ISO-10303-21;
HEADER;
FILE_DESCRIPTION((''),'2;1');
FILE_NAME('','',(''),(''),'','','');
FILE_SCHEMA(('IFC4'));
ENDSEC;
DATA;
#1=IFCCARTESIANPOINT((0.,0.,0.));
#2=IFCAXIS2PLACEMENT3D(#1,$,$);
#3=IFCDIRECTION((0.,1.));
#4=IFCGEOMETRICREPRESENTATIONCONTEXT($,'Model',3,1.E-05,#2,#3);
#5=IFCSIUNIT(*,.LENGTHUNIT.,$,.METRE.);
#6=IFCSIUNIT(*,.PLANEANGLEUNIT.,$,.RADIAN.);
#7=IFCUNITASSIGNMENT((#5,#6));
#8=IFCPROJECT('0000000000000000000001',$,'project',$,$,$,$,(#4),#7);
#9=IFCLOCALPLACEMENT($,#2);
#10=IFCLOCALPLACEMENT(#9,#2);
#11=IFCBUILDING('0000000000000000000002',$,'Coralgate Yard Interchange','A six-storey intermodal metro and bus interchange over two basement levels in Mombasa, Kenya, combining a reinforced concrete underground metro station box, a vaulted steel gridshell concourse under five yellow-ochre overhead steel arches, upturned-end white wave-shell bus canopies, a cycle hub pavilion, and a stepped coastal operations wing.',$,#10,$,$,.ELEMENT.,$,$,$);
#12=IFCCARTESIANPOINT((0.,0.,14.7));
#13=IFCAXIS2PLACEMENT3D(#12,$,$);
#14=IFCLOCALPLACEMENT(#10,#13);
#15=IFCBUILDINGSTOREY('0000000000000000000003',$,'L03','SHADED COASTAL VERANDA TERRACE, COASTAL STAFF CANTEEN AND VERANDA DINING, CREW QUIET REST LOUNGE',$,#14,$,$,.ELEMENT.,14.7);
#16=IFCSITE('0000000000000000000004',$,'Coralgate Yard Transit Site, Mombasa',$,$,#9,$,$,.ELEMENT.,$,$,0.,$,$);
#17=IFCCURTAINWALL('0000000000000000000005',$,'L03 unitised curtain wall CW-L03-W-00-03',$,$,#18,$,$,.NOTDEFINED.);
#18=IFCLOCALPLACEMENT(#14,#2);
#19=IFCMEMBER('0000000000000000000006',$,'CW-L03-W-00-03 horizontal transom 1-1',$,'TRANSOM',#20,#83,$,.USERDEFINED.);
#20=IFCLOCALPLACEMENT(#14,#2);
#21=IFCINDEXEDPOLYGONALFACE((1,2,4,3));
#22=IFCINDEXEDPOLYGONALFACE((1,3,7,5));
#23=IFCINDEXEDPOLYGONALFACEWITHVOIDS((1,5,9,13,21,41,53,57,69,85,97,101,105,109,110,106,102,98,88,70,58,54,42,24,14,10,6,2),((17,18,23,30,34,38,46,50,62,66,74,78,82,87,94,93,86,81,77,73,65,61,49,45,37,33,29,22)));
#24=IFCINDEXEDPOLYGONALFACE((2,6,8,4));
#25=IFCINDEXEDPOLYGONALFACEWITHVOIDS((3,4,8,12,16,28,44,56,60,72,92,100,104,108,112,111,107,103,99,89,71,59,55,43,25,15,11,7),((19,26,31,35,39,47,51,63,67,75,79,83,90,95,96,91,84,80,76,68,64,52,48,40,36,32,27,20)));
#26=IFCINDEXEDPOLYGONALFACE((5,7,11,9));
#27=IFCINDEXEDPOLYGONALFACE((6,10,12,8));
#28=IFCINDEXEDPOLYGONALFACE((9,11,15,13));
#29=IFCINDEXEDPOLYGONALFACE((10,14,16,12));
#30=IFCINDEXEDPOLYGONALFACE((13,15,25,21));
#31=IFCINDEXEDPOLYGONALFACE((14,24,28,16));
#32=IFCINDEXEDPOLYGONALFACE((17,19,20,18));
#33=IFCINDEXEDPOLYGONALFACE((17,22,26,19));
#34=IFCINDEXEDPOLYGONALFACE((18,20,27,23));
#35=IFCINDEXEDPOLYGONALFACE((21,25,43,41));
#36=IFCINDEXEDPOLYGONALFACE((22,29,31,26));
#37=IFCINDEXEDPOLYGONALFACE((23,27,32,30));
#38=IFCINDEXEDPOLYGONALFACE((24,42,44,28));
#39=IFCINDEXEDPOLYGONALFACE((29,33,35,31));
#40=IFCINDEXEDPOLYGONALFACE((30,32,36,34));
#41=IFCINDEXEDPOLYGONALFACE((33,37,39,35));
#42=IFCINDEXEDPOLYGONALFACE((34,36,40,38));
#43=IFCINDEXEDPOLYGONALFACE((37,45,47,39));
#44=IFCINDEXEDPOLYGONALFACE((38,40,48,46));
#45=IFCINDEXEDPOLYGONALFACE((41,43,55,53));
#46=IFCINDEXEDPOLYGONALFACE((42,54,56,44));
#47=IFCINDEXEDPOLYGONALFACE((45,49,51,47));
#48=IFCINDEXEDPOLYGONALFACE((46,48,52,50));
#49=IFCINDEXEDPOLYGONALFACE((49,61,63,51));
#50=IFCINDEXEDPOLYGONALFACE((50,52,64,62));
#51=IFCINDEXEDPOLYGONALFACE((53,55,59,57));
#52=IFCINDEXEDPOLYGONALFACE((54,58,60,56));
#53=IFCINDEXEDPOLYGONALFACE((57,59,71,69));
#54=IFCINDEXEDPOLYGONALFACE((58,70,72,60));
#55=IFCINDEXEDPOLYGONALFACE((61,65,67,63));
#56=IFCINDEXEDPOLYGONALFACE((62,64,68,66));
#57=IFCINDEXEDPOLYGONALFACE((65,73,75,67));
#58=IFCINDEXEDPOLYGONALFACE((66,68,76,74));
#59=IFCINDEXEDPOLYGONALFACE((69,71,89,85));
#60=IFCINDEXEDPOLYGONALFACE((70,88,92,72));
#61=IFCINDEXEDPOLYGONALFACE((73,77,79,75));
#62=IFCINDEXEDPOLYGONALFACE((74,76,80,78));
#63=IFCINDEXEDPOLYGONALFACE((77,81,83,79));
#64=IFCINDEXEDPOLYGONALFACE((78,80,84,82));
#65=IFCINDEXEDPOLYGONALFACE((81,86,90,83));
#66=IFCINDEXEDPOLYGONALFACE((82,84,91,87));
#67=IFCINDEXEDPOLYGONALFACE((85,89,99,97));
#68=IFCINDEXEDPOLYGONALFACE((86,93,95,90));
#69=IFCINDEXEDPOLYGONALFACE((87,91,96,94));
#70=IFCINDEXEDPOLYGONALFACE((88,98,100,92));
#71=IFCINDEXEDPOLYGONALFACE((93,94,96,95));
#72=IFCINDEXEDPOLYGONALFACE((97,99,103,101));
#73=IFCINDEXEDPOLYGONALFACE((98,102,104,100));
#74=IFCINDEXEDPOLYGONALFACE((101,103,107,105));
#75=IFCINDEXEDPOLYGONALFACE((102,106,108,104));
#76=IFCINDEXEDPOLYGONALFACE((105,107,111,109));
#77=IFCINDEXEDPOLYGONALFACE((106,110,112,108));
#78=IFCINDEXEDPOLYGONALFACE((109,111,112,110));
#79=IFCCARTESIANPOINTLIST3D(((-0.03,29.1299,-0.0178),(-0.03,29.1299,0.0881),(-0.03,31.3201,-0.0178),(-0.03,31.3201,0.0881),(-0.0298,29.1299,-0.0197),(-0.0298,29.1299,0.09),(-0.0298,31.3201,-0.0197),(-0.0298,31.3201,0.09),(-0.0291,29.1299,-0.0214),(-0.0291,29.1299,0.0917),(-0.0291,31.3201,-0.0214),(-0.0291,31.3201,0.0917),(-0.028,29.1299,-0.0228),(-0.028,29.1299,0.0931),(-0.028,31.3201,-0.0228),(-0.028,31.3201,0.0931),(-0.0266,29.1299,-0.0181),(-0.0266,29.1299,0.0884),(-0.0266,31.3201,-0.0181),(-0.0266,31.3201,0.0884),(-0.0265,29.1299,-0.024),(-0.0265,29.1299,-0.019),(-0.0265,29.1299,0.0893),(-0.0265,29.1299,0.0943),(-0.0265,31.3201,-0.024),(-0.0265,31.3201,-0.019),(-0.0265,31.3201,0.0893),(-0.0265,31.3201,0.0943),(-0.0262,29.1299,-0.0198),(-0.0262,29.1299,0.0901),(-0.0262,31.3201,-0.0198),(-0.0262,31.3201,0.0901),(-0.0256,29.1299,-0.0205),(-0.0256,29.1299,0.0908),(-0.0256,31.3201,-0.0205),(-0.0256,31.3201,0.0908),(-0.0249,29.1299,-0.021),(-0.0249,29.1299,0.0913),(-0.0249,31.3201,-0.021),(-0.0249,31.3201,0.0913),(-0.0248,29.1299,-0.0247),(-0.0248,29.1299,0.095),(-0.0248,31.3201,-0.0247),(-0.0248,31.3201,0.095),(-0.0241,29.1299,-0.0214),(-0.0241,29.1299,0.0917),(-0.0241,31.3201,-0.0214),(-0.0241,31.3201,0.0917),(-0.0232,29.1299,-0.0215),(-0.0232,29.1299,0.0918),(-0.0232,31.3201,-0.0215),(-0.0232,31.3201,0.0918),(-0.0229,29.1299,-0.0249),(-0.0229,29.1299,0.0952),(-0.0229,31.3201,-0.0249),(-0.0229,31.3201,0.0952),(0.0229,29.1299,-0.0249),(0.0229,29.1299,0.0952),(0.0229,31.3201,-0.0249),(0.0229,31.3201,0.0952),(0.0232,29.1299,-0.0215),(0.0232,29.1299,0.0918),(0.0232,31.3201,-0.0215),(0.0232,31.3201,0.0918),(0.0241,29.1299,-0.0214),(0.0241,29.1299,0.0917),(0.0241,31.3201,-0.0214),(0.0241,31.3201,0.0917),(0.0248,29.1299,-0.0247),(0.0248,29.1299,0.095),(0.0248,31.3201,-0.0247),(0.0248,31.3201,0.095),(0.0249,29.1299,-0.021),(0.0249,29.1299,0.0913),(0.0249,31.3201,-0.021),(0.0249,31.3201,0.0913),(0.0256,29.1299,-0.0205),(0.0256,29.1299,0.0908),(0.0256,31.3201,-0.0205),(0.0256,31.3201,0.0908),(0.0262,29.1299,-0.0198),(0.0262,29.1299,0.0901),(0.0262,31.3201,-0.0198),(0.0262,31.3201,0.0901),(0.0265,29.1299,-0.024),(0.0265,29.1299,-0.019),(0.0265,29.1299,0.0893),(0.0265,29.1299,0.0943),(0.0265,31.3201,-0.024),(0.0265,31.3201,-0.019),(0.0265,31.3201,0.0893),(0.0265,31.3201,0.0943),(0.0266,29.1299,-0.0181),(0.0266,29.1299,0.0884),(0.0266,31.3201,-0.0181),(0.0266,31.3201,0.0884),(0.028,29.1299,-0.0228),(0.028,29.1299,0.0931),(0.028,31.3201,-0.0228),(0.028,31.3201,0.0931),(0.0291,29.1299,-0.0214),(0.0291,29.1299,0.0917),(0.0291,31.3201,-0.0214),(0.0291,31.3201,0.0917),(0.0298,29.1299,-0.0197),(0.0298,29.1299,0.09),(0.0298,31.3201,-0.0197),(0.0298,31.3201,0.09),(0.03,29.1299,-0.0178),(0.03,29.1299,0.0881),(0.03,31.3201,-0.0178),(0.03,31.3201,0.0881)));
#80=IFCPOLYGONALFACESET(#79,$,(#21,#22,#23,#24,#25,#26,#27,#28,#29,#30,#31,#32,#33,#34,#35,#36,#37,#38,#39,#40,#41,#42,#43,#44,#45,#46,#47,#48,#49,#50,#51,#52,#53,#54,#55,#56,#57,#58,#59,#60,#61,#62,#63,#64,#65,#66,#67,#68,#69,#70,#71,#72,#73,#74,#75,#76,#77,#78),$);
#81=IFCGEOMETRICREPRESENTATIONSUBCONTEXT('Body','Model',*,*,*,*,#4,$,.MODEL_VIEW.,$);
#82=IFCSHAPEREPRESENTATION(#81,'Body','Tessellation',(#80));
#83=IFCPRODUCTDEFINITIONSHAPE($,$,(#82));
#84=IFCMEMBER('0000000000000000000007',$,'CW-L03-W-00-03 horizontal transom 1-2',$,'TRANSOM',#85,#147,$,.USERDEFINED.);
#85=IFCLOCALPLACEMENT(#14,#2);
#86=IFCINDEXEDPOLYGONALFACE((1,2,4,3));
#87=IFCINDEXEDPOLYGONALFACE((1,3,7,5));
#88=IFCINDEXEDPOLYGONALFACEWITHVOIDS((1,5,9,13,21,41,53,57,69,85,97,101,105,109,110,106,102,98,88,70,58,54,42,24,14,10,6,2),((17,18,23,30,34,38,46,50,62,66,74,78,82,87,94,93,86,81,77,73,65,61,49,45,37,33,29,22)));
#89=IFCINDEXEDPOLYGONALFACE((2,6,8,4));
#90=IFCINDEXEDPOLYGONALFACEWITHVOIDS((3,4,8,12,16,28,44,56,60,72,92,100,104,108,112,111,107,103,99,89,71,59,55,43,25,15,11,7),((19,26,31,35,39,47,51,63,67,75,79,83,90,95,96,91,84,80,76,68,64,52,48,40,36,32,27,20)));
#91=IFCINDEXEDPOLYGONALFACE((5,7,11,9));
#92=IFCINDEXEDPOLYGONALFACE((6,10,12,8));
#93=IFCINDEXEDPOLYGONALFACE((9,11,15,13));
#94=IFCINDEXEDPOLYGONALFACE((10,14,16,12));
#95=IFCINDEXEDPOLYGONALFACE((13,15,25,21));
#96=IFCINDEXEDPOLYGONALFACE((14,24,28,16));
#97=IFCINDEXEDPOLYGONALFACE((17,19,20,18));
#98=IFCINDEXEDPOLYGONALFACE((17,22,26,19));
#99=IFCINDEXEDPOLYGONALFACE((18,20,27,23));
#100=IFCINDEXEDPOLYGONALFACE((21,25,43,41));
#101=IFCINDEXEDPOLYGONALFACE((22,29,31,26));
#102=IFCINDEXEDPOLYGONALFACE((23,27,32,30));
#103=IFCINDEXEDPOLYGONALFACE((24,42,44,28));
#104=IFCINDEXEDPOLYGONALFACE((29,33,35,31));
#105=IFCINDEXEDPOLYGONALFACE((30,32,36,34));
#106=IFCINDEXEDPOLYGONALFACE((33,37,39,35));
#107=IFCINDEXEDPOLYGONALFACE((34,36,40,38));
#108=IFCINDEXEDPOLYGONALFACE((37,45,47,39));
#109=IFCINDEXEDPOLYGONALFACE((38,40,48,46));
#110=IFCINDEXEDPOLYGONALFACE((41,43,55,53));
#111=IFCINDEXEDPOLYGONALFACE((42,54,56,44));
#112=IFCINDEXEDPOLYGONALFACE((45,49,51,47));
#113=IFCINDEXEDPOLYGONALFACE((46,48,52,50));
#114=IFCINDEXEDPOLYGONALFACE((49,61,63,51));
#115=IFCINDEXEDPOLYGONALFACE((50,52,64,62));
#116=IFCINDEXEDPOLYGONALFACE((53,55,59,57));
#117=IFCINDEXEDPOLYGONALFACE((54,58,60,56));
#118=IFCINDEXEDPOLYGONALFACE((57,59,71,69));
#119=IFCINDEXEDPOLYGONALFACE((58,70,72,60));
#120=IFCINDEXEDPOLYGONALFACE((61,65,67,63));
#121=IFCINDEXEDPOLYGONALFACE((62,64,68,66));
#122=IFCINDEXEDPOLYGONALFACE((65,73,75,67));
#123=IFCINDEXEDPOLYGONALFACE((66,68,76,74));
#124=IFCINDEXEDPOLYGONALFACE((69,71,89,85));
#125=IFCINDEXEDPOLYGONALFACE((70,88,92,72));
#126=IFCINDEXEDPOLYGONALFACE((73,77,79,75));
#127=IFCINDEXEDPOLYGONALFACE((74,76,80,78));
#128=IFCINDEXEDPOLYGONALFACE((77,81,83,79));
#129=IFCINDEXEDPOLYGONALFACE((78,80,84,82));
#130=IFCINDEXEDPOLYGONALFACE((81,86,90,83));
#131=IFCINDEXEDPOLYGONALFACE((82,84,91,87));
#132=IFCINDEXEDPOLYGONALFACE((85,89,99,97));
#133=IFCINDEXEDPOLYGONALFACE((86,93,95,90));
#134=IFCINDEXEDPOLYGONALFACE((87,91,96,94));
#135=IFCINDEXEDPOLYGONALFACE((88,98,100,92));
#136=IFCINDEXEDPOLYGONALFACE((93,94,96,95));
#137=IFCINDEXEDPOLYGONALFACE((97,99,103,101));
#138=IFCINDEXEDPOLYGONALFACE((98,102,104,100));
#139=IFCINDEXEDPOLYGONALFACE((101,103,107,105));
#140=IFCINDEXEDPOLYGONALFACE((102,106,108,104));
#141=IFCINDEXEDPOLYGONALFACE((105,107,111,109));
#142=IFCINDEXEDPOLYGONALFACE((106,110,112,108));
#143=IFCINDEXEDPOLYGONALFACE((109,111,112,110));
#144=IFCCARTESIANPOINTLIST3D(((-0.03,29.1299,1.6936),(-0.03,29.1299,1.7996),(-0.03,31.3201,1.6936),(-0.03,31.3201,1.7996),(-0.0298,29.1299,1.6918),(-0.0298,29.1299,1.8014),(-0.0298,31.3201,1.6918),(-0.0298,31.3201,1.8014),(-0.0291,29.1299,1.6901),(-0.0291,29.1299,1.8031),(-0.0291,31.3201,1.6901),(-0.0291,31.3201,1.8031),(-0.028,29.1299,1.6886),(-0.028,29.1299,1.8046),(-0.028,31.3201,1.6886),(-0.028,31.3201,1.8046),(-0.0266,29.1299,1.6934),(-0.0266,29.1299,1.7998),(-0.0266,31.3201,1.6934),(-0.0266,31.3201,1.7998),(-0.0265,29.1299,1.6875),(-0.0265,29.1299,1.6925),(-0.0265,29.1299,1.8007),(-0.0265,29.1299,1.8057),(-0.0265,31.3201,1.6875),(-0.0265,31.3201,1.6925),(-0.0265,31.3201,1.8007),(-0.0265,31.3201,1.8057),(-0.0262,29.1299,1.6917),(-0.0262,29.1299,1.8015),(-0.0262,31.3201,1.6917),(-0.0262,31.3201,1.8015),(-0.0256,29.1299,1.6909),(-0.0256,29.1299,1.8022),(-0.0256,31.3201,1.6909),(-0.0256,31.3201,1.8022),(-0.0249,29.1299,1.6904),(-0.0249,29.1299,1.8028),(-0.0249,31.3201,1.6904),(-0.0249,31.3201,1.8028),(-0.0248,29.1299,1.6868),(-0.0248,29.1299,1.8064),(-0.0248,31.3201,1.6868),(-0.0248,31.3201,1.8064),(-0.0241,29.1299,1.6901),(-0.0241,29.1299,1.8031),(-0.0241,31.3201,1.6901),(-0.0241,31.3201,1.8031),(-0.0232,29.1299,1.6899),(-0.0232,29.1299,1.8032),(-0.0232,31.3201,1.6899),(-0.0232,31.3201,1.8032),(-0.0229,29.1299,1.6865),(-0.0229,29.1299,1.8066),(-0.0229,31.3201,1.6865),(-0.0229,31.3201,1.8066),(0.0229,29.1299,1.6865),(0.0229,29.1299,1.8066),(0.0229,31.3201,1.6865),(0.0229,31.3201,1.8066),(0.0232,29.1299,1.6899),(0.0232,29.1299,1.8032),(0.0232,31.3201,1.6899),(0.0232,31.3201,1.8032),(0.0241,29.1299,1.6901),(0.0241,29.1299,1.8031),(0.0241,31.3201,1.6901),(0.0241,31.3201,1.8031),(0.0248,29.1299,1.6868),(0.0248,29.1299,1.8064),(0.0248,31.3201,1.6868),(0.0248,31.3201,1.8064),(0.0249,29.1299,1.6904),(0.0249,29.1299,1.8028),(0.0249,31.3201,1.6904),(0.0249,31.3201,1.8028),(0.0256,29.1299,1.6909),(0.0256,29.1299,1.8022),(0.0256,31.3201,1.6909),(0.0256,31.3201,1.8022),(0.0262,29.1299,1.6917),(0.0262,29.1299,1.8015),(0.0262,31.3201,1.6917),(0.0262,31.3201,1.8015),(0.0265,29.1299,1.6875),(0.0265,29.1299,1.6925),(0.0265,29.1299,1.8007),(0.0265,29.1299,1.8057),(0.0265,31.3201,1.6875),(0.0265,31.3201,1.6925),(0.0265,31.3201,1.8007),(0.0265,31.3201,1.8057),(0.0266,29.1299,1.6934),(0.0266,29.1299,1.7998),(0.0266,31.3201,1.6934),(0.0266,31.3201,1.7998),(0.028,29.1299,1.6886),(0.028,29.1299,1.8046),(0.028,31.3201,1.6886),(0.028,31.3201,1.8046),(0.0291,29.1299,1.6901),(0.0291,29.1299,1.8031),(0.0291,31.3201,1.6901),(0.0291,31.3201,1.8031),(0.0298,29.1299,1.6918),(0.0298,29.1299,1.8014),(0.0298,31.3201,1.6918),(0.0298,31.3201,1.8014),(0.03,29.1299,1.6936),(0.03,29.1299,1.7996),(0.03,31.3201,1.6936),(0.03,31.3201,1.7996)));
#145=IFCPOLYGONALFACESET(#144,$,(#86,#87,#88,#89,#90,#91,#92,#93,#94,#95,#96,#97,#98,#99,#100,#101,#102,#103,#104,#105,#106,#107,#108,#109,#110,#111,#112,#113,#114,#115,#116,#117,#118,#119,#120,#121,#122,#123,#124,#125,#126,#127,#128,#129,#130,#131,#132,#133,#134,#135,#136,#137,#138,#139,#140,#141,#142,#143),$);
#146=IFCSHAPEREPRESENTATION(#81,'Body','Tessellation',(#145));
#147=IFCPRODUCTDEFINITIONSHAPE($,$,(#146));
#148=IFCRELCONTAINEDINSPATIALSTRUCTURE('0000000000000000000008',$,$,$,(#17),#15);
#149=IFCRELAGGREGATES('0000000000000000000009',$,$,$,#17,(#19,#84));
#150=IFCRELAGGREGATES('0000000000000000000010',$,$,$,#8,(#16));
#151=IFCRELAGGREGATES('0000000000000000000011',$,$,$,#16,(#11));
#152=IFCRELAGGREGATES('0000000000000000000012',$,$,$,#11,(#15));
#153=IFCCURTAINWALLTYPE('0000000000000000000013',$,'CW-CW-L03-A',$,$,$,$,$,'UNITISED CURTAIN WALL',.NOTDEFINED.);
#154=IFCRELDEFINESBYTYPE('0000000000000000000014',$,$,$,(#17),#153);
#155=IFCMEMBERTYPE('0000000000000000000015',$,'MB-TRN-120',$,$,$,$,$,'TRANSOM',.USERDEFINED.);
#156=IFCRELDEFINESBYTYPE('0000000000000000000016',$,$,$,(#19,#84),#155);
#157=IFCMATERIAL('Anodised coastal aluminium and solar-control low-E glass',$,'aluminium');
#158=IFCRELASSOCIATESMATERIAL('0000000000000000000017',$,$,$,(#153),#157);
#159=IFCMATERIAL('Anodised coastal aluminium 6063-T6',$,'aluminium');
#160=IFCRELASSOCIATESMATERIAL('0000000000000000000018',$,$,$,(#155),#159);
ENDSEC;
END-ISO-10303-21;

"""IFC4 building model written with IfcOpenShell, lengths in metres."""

from ifc_helpers import new_model, si_unit, direction, frame, origin, origin_2d, place, context, subcontext, project, spatial, hollow_rectangle, extrude, material, material_profile, profile_set, type_object, element, aggregate, save


model = new_model("IFC4")

# Units and contexts
model_context = context("Model", 3, precision=1e-05, world=origin(), true_north=direction((0.0, 1.0)))
body_context = subcontext(model_context, "Body", "Model", "MODEL_VIEW")
ifc_project = project(units=[si_unit("LENGTHUNIT", "METRE"), si_unit("PLANEANGLEUNIT", "RADIAN")], contexts=[model_context])

# Site, building, storey
site_placement = place(None, origin())
site = spatial("IfcSite", under=ifc_project, at=site_placement, Name="Coralgate Yard Transit Site, Mombasa", CompositionType="ELEMENT", RefElevation=0.0)
building_placement = place(site_placement, origin())
building = spatial("IfcBuilding", under=site, at=building_placement, Name="Coralgate Yard Interchange", Description="A six-storey intermodal metro and bus interchange over two basement levels in Mombasa, Kenya, combining a reinforced concrete underground metro station box, a vaulted steel gridshell concourse under five yellow-ochre overhead steel arches, upturned-end white wave-shell bus canopies, a cycle hub pavilion, and a stepped coastal operations wing.", CompositionType="ELEMENT")
storey_placement = place(building_placement, frame((0.0, 0.0, 14.7)))
storey = spatial("IfcBuildingStorey", under=building, at=storey_placement, Name="L03", Description="SHADED COASTAL VERANDA TERRACE, COASTAL STAFF CANTEEN AND VERANDA DINING, CREW QUIET REST LOUNGE", CompositionType="ELEMENT", Elevation=14.7)

# Curtain wall, members
ifc_material_1 = material(Name="Anodised coastal aluminium and solar-control low-E glass", Category="aluminium")
curtain_wall_type = type_object("IfcCurtainWallType", Name="CW-CW-L03-A", ElementType="UNITISED CURTAIN WALL", PredefinedType="NOTDEFINED", material=ifc_material_1)
curtain_wall_placement = place(storey_placement, origin())
curtain_wall = element("IfcCurtainWall", 1, at=curtain_wall_placement, inside=storey, type_object=curtain_wall_type, Name="L03 unitised curtain wall CW-L03-W-00-03", PredefinedType="NOTDEFINED")
ifc_material_2 = material(Name="Anodised coastal aluminium 6063-T6", Category="aluminium")
ifc_material_profile_1 = material_profile(ifc_material_2, hollow_rectangle(XDim=0.0601, YDim=0.1201, WallThickness=0.0034, InnerFilletRadius=0.0034, OuterFilletRadius=0.0071, at=origin_2d()), Name="ALU 60x120x3.5")
ifc_profile_set_1 = profile_set([ifc_material_profile_1], Name="Anodised coastal aluminium 6063-T6")
member_type_1 = type_object("IfcMemberType", Name="MB-TRN-120", ElementType="TRANSOM", PredefinedType="USERDEFINED", material=ifc_profile_set_1)
member_1_placement = place(storey_placement, frame((0.0, 29.1299, 0.0352), z_axis=(0.0, 1.0, 0.0), x_axis=(-1.0, 0.0, 0.0)))
member_1 = element("IfcMember", 2, at=member_1_placement, type_object=member_type_1, Name="CW-L03-W-00-03 horizontal transom 1-1", ObjectType="TRANSOM", PredefinedType="USERDEFINED", context=body_context, shape_type="SweptSolid", body=[
    extrude(hollow_rectangle(XDim=0.0601, YDim=0.1201, WallThickness=0.0034, InnerFilletRadius=0.0034, OuterFilletRadius=0.0071, at=origin_2d()), origin(), (0.0, 0.0, 1.0), 2.1902),
])
member_2_placement = place(storey_placement, frame((0.0, 29.1299, 1.7466), z_axis=(0.0, 1.0, 0.0), x_axis=(-1.0, 0.0, 0.0)))
member_2 = element("IfcMember", 3, at=member_2_placement, type_object=member_type_1, Name="CW-L03-W-00-03 horizontal transom 1-2", ObjectType="TRANSOM", PredefinedType="USERDEFINED", context=body_context, shape_type="SweptSolid", body=[
    extrude(hollow_rectangle(XDim=0.0601, YDim=0.1201, WallThickness=0.0034, InnerFilletRadius=0.0034, OuterFilletRadius=0.0071, at=origin_2d()), origin(), (0.0, 0.0, 1.0), 2.1902),
])
aggregate(curtain_wall, [member_1, member_2])

save(model, "model.ifc")
